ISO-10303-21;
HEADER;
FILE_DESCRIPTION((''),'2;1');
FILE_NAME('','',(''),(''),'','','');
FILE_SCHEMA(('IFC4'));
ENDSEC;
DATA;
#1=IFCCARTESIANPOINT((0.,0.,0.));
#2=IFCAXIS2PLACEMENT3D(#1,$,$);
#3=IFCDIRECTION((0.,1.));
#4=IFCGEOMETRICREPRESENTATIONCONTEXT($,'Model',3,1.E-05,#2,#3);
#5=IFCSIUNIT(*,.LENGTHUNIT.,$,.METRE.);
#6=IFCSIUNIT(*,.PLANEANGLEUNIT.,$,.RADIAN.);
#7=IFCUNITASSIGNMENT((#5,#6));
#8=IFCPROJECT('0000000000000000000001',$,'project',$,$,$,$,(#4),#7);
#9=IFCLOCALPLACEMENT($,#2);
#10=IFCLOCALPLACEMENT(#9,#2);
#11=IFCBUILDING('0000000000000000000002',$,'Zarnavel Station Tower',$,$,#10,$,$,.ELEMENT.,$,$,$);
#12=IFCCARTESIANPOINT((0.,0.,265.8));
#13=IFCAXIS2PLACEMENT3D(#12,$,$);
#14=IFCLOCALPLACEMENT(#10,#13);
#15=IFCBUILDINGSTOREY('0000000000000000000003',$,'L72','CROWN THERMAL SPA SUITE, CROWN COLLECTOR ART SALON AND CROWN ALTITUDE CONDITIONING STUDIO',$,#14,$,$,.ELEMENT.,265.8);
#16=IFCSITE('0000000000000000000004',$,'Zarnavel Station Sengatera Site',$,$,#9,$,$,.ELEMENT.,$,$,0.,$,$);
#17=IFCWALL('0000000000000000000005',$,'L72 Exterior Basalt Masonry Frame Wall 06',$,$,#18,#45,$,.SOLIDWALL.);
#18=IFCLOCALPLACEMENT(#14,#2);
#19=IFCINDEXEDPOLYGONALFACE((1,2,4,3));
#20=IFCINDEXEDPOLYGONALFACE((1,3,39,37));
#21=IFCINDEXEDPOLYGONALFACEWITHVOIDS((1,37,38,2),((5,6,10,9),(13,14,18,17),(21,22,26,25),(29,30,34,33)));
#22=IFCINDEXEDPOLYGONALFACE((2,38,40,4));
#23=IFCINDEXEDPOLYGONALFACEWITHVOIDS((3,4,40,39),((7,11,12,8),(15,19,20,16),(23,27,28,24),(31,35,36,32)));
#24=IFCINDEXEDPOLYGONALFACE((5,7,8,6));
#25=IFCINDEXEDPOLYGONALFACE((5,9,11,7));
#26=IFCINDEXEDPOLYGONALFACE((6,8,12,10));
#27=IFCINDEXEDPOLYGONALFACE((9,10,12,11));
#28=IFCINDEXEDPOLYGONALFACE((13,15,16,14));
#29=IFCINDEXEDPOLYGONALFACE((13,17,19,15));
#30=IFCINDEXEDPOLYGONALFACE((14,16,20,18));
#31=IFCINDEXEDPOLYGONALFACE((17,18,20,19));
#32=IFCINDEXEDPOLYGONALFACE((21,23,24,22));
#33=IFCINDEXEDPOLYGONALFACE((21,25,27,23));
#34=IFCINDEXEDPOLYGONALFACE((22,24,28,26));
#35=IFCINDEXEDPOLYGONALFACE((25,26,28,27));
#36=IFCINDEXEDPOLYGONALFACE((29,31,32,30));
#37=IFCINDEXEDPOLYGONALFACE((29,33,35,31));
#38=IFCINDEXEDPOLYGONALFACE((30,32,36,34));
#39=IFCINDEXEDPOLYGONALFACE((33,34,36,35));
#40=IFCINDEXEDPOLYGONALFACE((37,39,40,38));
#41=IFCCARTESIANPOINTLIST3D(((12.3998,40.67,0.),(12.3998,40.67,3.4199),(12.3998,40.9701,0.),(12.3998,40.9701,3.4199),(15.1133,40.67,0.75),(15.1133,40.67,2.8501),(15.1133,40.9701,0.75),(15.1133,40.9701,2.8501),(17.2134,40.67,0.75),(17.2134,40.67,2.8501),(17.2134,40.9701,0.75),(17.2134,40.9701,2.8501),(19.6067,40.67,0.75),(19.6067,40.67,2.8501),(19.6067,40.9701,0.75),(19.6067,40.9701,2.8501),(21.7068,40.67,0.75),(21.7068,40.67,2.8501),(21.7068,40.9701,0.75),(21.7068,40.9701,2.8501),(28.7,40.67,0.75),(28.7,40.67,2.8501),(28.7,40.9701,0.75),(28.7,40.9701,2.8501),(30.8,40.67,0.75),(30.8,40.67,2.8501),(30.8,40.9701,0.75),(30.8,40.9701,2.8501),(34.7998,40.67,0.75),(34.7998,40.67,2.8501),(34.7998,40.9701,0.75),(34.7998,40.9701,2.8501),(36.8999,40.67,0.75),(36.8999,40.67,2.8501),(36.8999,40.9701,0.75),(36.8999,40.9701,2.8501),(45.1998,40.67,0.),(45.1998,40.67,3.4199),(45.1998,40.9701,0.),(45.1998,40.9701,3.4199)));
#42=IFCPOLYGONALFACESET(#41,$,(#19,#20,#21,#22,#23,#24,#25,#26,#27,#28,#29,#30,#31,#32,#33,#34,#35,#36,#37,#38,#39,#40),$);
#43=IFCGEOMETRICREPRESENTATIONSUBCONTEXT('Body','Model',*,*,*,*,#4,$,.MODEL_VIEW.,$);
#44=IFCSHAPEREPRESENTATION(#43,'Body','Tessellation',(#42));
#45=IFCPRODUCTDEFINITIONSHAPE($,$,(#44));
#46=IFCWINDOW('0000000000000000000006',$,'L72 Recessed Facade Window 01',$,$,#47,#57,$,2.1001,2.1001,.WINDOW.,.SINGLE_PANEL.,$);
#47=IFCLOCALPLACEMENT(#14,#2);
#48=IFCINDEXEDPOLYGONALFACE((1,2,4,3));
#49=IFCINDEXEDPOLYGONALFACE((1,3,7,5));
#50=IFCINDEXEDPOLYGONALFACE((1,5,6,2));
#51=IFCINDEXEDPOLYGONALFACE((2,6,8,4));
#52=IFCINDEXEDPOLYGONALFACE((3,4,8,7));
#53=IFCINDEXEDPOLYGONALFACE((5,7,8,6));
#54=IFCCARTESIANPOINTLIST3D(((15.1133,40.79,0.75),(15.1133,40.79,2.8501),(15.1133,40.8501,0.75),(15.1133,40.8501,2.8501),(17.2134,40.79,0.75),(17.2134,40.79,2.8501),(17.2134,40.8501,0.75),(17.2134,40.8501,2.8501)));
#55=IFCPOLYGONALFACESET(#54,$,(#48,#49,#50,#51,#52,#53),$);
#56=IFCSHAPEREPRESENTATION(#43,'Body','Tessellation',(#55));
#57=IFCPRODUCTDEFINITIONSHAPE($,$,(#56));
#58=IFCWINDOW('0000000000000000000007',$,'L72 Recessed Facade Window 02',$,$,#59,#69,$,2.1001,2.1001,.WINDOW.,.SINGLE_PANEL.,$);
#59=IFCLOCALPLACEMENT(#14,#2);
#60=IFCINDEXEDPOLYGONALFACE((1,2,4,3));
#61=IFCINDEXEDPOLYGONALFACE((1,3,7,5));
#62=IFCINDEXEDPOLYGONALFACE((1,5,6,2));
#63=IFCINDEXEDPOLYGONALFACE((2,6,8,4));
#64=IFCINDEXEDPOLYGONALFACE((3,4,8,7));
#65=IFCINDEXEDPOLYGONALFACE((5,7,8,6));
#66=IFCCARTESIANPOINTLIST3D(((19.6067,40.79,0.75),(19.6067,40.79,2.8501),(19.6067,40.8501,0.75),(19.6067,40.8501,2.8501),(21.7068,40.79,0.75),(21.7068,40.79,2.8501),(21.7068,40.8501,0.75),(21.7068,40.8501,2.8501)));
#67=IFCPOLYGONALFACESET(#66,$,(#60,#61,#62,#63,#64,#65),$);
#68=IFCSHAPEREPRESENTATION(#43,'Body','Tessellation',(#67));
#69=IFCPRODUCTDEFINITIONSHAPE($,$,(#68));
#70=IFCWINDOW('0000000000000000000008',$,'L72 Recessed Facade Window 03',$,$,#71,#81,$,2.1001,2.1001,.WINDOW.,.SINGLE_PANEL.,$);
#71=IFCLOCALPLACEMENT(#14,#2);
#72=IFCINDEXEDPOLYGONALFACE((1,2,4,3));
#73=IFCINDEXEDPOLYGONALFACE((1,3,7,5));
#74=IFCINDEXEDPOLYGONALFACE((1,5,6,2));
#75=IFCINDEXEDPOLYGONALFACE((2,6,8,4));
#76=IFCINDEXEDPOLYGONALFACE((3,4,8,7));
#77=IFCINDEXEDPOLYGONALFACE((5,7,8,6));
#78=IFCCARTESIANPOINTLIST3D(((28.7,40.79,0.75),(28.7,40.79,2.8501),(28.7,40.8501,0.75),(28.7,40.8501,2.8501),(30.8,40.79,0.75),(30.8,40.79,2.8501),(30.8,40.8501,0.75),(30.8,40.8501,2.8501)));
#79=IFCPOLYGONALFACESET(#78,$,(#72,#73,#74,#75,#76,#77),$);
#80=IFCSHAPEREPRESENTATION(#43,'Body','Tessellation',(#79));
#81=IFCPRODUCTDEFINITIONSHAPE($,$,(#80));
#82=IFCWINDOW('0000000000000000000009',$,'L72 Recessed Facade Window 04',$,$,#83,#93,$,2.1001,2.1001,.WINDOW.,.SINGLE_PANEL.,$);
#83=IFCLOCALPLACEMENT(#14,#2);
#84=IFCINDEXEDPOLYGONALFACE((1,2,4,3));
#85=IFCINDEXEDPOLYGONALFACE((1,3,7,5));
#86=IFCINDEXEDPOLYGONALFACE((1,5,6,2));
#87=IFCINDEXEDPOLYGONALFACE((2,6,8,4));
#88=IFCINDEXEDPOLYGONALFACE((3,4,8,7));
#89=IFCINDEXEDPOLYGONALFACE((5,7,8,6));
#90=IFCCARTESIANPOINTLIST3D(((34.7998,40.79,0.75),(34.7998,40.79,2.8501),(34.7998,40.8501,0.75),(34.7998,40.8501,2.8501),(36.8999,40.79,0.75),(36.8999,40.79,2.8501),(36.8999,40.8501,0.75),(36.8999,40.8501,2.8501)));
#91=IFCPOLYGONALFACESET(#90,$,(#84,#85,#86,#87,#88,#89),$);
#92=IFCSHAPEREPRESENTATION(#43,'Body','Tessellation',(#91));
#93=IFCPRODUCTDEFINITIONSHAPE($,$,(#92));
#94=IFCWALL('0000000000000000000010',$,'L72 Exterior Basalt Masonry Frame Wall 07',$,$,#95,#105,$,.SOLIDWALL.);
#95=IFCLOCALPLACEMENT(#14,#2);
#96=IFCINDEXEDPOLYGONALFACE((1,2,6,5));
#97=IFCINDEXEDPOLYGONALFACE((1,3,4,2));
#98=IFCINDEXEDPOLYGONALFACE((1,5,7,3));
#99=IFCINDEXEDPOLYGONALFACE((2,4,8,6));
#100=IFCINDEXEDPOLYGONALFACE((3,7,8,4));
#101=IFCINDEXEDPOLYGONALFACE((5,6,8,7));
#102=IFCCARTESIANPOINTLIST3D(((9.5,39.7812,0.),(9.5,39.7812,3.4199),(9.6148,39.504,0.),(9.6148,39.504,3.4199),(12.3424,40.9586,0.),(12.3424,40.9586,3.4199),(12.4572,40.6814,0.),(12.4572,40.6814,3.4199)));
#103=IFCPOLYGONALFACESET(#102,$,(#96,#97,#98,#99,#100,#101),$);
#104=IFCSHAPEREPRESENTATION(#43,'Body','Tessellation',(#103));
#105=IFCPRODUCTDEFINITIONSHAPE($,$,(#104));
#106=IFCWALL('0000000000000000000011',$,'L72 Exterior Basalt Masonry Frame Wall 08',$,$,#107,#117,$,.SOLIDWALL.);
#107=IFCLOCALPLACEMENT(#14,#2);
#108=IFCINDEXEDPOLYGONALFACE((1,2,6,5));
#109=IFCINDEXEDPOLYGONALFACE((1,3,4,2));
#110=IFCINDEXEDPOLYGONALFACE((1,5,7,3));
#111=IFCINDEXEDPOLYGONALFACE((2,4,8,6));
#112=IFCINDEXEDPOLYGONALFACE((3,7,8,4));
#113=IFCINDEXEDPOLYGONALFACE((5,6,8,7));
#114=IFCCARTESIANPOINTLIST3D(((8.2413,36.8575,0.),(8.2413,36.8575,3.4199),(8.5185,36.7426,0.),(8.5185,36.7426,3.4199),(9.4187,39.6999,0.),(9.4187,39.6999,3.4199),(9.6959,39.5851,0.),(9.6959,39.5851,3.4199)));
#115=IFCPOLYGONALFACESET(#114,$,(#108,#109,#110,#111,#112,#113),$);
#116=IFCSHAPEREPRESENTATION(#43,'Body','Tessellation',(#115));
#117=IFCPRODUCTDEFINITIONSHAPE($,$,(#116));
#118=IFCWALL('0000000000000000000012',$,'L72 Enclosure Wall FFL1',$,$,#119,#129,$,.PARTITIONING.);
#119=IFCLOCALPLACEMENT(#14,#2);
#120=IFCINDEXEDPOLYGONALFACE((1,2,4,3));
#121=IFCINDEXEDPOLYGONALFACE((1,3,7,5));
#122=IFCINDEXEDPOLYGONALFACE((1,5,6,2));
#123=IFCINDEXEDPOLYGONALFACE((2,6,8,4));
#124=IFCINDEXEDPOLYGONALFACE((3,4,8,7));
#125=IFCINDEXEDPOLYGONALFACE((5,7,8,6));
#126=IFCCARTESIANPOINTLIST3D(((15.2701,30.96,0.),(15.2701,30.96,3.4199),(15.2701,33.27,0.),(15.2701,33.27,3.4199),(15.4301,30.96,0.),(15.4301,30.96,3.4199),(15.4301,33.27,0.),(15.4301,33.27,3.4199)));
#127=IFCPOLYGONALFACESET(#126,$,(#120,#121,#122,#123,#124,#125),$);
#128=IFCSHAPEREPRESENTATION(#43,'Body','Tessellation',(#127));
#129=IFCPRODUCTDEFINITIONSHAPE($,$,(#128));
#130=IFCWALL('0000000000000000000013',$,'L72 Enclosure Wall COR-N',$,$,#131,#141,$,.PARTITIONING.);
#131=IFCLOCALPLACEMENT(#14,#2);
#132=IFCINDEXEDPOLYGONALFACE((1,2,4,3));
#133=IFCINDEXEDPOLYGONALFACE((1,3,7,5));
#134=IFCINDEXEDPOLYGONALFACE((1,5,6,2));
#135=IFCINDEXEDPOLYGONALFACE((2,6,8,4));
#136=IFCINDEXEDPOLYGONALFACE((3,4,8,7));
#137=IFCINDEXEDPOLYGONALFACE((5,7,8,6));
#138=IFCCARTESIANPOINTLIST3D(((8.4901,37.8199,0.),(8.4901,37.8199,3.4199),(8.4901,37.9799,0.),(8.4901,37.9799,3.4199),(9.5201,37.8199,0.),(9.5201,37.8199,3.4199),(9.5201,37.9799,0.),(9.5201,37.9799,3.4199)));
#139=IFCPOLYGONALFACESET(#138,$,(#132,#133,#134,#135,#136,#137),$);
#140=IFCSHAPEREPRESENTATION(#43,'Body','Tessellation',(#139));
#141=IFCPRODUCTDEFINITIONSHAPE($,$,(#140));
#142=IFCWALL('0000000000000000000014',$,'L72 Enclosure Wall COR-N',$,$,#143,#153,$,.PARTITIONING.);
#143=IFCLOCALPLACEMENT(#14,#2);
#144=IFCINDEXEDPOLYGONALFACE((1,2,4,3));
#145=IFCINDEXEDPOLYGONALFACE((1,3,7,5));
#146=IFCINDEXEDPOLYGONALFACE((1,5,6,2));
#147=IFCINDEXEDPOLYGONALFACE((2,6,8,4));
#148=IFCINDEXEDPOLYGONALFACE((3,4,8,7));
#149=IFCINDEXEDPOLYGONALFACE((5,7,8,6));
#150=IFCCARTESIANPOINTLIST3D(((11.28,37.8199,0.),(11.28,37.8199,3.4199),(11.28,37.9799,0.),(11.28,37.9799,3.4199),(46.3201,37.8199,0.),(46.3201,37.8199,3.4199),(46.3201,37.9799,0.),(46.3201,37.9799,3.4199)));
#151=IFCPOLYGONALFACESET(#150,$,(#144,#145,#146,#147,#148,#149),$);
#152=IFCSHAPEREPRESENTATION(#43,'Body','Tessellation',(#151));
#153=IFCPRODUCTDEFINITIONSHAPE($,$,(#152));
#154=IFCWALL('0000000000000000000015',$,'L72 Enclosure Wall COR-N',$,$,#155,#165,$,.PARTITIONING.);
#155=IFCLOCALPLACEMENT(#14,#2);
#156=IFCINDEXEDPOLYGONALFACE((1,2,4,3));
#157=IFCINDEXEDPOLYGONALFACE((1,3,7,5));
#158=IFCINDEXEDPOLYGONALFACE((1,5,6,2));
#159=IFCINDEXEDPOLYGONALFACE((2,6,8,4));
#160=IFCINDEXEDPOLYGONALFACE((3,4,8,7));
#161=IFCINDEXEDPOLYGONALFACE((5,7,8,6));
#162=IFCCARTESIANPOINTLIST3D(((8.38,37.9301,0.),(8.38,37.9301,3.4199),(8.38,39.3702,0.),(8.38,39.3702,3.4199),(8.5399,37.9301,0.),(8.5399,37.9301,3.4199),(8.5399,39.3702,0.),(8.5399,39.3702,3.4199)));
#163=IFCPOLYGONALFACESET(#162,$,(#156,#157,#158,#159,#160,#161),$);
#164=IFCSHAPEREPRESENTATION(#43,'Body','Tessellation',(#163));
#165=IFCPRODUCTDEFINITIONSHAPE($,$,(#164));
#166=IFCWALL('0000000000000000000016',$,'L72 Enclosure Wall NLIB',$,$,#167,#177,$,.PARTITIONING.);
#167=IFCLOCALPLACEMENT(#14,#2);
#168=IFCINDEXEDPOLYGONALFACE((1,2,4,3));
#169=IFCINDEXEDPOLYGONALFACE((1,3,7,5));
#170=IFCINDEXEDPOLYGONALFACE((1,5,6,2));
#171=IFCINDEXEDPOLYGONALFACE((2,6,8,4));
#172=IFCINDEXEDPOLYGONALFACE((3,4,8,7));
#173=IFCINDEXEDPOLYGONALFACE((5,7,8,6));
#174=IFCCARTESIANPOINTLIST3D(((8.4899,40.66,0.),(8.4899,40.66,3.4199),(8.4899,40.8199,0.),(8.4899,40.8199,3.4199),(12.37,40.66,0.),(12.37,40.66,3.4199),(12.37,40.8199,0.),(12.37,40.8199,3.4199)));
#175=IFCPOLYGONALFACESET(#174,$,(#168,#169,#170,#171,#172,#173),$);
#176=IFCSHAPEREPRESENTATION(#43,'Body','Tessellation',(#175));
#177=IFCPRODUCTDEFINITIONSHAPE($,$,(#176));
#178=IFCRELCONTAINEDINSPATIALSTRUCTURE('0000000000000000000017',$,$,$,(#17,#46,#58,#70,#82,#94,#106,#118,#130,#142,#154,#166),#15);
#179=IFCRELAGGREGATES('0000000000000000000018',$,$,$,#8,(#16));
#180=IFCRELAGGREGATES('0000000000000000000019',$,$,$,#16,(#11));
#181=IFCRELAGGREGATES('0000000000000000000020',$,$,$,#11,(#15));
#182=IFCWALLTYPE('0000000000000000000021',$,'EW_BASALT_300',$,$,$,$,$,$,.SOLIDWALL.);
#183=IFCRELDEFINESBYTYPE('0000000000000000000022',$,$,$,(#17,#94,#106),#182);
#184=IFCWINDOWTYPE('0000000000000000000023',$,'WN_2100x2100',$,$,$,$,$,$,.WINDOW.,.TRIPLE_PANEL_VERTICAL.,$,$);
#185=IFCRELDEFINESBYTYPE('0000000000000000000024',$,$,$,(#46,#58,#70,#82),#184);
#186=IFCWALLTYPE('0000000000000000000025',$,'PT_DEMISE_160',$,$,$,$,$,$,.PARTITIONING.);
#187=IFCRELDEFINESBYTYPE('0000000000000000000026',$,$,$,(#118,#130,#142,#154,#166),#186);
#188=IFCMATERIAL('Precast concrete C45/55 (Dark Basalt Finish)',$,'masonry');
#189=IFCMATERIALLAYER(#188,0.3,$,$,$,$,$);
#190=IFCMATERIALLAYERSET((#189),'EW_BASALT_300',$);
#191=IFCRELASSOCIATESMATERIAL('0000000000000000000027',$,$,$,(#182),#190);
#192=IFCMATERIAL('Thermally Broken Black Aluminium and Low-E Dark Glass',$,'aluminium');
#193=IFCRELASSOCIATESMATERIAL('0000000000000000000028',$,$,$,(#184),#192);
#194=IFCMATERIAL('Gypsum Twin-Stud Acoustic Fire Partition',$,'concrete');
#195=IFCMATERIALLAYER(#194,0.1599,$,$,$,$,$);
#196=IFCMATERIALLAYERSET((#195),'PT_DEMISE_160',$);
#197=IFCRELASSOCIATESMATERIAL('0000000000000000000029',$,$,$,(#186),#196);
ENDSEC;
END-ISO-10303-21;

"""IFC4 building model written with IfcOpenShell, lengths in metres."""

from ifc_helpers import new_model, si_unit, direction, frame, frame_2d, origin, place, context, subcontext, project, spatial, rectangle, extrude, material, layer, layer_set, type_object, element, fill, save


model = new_model("IFC4")

# Units and contexts
model_context = context("Model", 3, precision=1e-05, world=origin(), true_north=direction((0.0, 1.0)))
body_context = subcontext(model_context, "Body", "Model", "MODEL_VIEW")
ifc_project = project(units=[si_unit("LENGTHUNIT", "METRE"), si_unit("PLANEANGLEUNIT", "RADIAN")], contexts=[model_context])

# Site, building, storey
site_placement = place(None, origin())
site = spatial("IfcSite", under=ifc_project, at=site_placement, Name="Zarnavel Station Sengatera Site", CompositionType="ELEMENT", RefElevation=0.0)
building_placement = place(site_placement, origin())
building = spatial("IfcBuilding", under=site, at=building_placement, Name="Zarnavel Station Tower", CompositionType="ELEMENT")
storey_placement = place(building_placement, frame((0.0, 0.0, 265.8)))
storey = spatial("IfcBuildingStorey", under=building, at=storey_placement, Name="L72", Description="CROWN THERMAL SPA SUITE, CROWN COLLECTOR ART SALON AND CROWN ALTITUDE CONDITIONING STUDIO", CompositionType="ELEMENT", Elevation=265.8)

# Wall, openings, windows
ifc_material_1 = material(Name="Precast concrete C45/55 (Dark Basalt Finish)", Category="masonry")
ifc_layer_1 = layer(ifc_material_1, 0.3)
ifc_layer_set_1 = layer_set([ifc_layer_1], Name="EW_BASALT_300")
wall_type_1 = type_object("IfcWallType", Name="EW_BASALT_300", PredefinedType="SOLIDWALL", material=ifc_layer_set_1)
wall_1_placement = place(storey_placement, frame((12.3999, 40.8201, 0.0), z_axis=(0.0, 0.0, 1.0), x_axis=(1.0, 0.0, 0.0)))
wall_1 = element("IfcWall", 1, at=wall_1_placement, inside=storey, type_object=wall_type_1, Name="L72 Exterior Basalt Masonry Frame Wall 06", PredefinedType="SOLIDWALL", context=body_context, shape_type="SweptSolid", body=[
    extrude(rectangle(XDim=32.8, YDim=0.3, at=frame_2d((16.3999, 0.0))), origin(), (0.0, 0.0, 1.0), 3.4199),
])
opening_1_placement = place(wall_1_placement, frame((2.7134, 0.0, 0.75)))
opening_1 = element("IfcOpeningElement", 2, at=opening_1_placement, cuts=wall_1, PredefinedType="OPENING", context=body_context, shape_type="SweptSolid", body=[
    extrude(rectangle(XDim=2.1001, YDim=2.1001, at=frame_2d((1.05, 1.05))), frame((0.0, 0.1599, 0.0), z_axis=(0.0, -1.0, 0.0), x_axis=(1.0, 0.0, 0.0)), (0.0, 0.0, 1.0), 0.3201),
])
opening_2_placement = place(wall_1_placement, frame((7.2068, 0.0, 0.75)))
opening_2 = element("IfcOpeningElement", 3, at=opening_2_placement, cuts=wall_1, PredefinedType="OPENING", context=body_context, shape_type="SweptSolid", body=[
    extrude(rectangle(XDim=2.1001, YDim=2.1001, at=frame_2d((1.05, 1.05))), frame((0.0, 0.1599, 0.0), z_axis=(0.0, -1.0, 0.0), x_axis=(1.0, 0.0, 0.0)), (0.0, 0.0, 1.0), 0.3201),
])
opening_3_placement = place(wall_1_placement, frame((16.3, 0.0, 0.75)))
opening_3 = element("IfcOpeningElement", 4, at=opening_3_placement, cuts=wall_1, PredefinedType="OPENING", context=body_context, shape_type="SweptSolid", body=[
    extrude(rectangle(XDim=2.1001, YDim=2.1001, at=frame_2d((1.05, 1.05))), frame((0.0, 0.1599, 0.0), z_axis=(0.0, -1.0, 0.0), x_axis=(1.0, 0.0, 0.0)), (0.0, 0.0, 1.0), 0.3201),
])
opening_4_placement = place(wall_1_placement, frame((22.3999, 0.0, 0.75)))
opening_4 = element("IfcOpeningElement", 5, at=opening_4_placement, cuts=wall_1, PredefinedType="OPENING", context=body_context, shape_type="SweptSolid", body=[
    extrude(rectangle(XDim=2.1001, YDim=2.1001, at=frame_2d((1.05, 1.05))), frame((0.0, 0.1599, 0.0), z_axis=(0.0, -1.0, 0.0), x_axis=(1.0, 0.0, 0.0)), (0.0, 0.0, 1.0), 0.3201),
])
ifc_material_2 = material(Name="Thermally Broken Black Aluminium and Low-E Dark Glass", Category="aluminium")
window_type = type_object("IfcWindowType", Name="WN_2100x2100", PartitioningType="TRIPLE_PANEL_VERTICAL", PredefinedType="WINDOW", material=ifc_material_2)
window_1_placement = place(opening_1_placement, origin())
window_1 = element("IfcWindow", 6, at=window_1_placement, inside=storey, type_object=window_type, Name="L72 Recessed Facade Window 01", OverallHeight=2.1001, OverallWidth=2.1001, PartitioningType="SINGLE_PANEL", PredefinedType="WINDOW", context=body_context, shape_type="SweptSolid", body=[
    extrude(rectangle(XDim=2.1001, YDim=2.1001, at=frame_2d((1.05, 1.05))), frame((0.0, 0.03, 0.0), z_axis=(0.0, -1.0, 0.0), x_axis=(1.0, 0.0, 0.0)), (0.0, 0.0, 1.0), 0.0601),
])
fill(opening_1, window_1)
window_2_placement = place(opening_2_placement, origin())
window_2 = element("IfcWindow", 7, at=window_2_placement, inside=storey, type_object=window_type, Name="L72 Recessed Facade Window 02", OverallHeight=2.1001, OverallWidth=2.1001, PartitioningType="SINGLE_PANEL", PredefinedType="WINDOW", context=body_context, shape_type="SweptSolid", body=[
    extrude(rectangle(XDim=2.1001, YDim=2.1001, at=frame_2d((1.05, 1.05))), frame((0.0, 0.03, 0.0), z_axis=(0.0, -1.0, 0.0), x_axis=(1.0, 0.0, 0.0)), (0.0, 0.0, 1.0), 0.0601),
])
fill(opening_2, window_2)
window_3_placement = place(opening_3_placement, origin())
window_3 = element("IfcWindow", 8, at=window_3_placement, inside=storey, type_object=window_type, Name="L72 Recessed Facade Window 03", OverallHeight=2.1001, OverallWidth=2.1001, PartitioningType="SINGLE_PANEL", PredefinedType="WINDOW", context=body_context, shape_type="SweptSolid", body=[
    extrude(rectangle(XDim=2.1001, YDim=2.1001, at=frame_2d((1.05, 1.05))), frame((0.0, 0.03, 0.0), z_axis=(0.0, -1.0, 0.0), x_axis=(1.0, 0.0, 0.0)), (0.0, 0.0, 1.0), 0.0601),
])
fill(opening_3, window_3)
window_4_placement = place(opening_4_placement, origin())
window_4 = element("IfcWindow", 9, at=window_4_placement, inside=storey, type_object=window_type, Name="L72 Recessed Facade Window 04", OverallHeight=2.1001, OverallWidth=2.1001, PartitioningType="SINGLE_PANEL", PredefinedType="WINDOW", context=body_context, shape_type="SweptSolid", body=[
    extrude(rectangle(XDim=2.1001, YDim=2.1001, at=frame_2d((1.05, 1.05))), frame((0.0, 0.03, 0.0), z_axis=(0.0, -1.0, 0.0), x_axis=(1.0, 0.0, 0.0)), (0.0, 0.0, 1.0), 0.0601),
])
fill(opening_4, window_4)

# Walls
for number, where, z_axis, x_axis, name in (
    (10, (9.5574, 39.6426, 0.0), (0.0, 0.0, 1.0), (0.923871, 0.382705, 0.0), "L72 Exterior Basalt Masonry Frame Wall 07"),
    (11, (8.3799, 36.8, 0.0), (0.0, 0.0, 1.0), (0.382705, 0.923871, 0.0), "L72 Exterior Basalt Masonry Frame Wall 08"),
):
    element("IfcWall", number, at=place(storey_placement, frame(where, z_axis=z_axis, x_axis=x_axis)), inside=storey, type_object=wall_type_1, Name=name, PredefinedType="SOLIDWALL", context=body_context, shape_type="SweptSolid", body=[
        extrude(rectangle(XDim=3.0767, YDim=0.3, at=frame_2d((1.5383, 0.0))), origin(), (0.0, 0.0, 1.0), 3.4199),
    ])
ifc_material_3 = material(Name="Gypsum Twin-Stud Acoustic Fire Partition", Category="concrete")
ifc_layer_2 = layer(ifc_material_3, 0.1599)
ifc_layer_set_2 = layer_set([ifc_layer_2], Name="PT_DEMISE_160")
wall_type_2 = type_object("IfcWallType", Name="PT_DEMISE_160", PredefinedType="PARTITIONING", material=ifc_layer_set_2)
wall_2_placement = place(storey_placement, frame((15.3501, 30.96, 0.0), z_axis=(0.0, 0.0, 1.0), x_axis=(0.0, 1.0, 0.0)))
element("IfcWall", 12, at=wall_2_placement, inside=storey, type_object=wall_type_2, Name="L72 Enclosure Wall FFL1", PredefinedType="PARTITIONING", context=body_context, shape_type="SweptSolid", body=[
    extrude(rectangle(XDim=2.3101, YDim=0.1599, at=frame_2d((1.155, 0.0))), origin(), (0.0, 0.0, 1.0), 3.4199),
])
wall_3_placement = place(storey_placement, frame((8.49, 37.8999, 0.0), z_axis=(0.0, 0.0, 1.0), x_axis=(1.0, 0.0, 0.0)))
element("IfcWall", 13, at=wall_3_placement, inside=storey, type_object=wall_type_2, Name="L72 Enclosure Wall COR-N", PredefinedType="PARTITIONING", context=body_context, shape_type="SweptSolid", body=[
    extrude(rectangle(XDim=1.03, YDim=0.1599, at=frame_2d((0.5151, 0.0))), origin(), (0.0, 0.0, 1.0), 3.4199),
])
wall_4_placement = place(storey_placement, frame((11.28, 37.8999, 0.0), z_axis=(0.0, 0.0, 1.0), x_axis=(1.0, 0.0, 0.0)))
element("IfcWall", 14, at=wall_4_placement, inside=storey, type_object=wall_type_2, Name="L72 Enclosure Wall COR-N", PredefinedType="PARTITIONING", context=body_context, shape_type="SweptSolid", body=[
    extrude(rectangle(XDim=35.04, YDim=0.1599, at=frame_2d((17.52, 0.0))), origin(), (0.0, 0.0, 1.0), 3.4199),
])
wall_5_placement = place(storey_placement, frame((8.46, 37.9299, 0.0), z_axis=(0.0, 0.0, 1.0), x_axis=(0.0, 1.0, 0.0)))
element("IfcWall", 15, at=wall_5_placement, inside=storey, type_object=wall_type_2, Name="L72 Enclosure Wall COR-N", PredefinedType="PARTITIONING", context=body_context, shape_type="SweptSolid", body=[
    extrude(rectangle(XDim=1.4402, YDim=0.1599, at=frame_2d((0.7202, 0.0))), origin(), (0.0, 0.0, 1.0), 3.4199),
])
wall_6_placement = place(storey_placement, frame((8.49, 40.74, 0.0), z_axis=(0.0, 0.0, 1.0), x_axis=(1.0, 0.0, 0.0)))
element("IfcWall", 16, at=wall_6_placement, inside=storey, type_object=wall_type_2, Name="L72 Enclosure Wall NLIB", PredefinedType="PARTITIONING", context=body_context, shape_type="SweptSolid", body=[
    extrude(rectangle(XDim=3.8801, YDim=0.1599, at=frame_2d((1.9399, 0.0))), origin(), (0.0, 0.0, 1.0), 3.4199),
])

save(model, "model.ifc")
